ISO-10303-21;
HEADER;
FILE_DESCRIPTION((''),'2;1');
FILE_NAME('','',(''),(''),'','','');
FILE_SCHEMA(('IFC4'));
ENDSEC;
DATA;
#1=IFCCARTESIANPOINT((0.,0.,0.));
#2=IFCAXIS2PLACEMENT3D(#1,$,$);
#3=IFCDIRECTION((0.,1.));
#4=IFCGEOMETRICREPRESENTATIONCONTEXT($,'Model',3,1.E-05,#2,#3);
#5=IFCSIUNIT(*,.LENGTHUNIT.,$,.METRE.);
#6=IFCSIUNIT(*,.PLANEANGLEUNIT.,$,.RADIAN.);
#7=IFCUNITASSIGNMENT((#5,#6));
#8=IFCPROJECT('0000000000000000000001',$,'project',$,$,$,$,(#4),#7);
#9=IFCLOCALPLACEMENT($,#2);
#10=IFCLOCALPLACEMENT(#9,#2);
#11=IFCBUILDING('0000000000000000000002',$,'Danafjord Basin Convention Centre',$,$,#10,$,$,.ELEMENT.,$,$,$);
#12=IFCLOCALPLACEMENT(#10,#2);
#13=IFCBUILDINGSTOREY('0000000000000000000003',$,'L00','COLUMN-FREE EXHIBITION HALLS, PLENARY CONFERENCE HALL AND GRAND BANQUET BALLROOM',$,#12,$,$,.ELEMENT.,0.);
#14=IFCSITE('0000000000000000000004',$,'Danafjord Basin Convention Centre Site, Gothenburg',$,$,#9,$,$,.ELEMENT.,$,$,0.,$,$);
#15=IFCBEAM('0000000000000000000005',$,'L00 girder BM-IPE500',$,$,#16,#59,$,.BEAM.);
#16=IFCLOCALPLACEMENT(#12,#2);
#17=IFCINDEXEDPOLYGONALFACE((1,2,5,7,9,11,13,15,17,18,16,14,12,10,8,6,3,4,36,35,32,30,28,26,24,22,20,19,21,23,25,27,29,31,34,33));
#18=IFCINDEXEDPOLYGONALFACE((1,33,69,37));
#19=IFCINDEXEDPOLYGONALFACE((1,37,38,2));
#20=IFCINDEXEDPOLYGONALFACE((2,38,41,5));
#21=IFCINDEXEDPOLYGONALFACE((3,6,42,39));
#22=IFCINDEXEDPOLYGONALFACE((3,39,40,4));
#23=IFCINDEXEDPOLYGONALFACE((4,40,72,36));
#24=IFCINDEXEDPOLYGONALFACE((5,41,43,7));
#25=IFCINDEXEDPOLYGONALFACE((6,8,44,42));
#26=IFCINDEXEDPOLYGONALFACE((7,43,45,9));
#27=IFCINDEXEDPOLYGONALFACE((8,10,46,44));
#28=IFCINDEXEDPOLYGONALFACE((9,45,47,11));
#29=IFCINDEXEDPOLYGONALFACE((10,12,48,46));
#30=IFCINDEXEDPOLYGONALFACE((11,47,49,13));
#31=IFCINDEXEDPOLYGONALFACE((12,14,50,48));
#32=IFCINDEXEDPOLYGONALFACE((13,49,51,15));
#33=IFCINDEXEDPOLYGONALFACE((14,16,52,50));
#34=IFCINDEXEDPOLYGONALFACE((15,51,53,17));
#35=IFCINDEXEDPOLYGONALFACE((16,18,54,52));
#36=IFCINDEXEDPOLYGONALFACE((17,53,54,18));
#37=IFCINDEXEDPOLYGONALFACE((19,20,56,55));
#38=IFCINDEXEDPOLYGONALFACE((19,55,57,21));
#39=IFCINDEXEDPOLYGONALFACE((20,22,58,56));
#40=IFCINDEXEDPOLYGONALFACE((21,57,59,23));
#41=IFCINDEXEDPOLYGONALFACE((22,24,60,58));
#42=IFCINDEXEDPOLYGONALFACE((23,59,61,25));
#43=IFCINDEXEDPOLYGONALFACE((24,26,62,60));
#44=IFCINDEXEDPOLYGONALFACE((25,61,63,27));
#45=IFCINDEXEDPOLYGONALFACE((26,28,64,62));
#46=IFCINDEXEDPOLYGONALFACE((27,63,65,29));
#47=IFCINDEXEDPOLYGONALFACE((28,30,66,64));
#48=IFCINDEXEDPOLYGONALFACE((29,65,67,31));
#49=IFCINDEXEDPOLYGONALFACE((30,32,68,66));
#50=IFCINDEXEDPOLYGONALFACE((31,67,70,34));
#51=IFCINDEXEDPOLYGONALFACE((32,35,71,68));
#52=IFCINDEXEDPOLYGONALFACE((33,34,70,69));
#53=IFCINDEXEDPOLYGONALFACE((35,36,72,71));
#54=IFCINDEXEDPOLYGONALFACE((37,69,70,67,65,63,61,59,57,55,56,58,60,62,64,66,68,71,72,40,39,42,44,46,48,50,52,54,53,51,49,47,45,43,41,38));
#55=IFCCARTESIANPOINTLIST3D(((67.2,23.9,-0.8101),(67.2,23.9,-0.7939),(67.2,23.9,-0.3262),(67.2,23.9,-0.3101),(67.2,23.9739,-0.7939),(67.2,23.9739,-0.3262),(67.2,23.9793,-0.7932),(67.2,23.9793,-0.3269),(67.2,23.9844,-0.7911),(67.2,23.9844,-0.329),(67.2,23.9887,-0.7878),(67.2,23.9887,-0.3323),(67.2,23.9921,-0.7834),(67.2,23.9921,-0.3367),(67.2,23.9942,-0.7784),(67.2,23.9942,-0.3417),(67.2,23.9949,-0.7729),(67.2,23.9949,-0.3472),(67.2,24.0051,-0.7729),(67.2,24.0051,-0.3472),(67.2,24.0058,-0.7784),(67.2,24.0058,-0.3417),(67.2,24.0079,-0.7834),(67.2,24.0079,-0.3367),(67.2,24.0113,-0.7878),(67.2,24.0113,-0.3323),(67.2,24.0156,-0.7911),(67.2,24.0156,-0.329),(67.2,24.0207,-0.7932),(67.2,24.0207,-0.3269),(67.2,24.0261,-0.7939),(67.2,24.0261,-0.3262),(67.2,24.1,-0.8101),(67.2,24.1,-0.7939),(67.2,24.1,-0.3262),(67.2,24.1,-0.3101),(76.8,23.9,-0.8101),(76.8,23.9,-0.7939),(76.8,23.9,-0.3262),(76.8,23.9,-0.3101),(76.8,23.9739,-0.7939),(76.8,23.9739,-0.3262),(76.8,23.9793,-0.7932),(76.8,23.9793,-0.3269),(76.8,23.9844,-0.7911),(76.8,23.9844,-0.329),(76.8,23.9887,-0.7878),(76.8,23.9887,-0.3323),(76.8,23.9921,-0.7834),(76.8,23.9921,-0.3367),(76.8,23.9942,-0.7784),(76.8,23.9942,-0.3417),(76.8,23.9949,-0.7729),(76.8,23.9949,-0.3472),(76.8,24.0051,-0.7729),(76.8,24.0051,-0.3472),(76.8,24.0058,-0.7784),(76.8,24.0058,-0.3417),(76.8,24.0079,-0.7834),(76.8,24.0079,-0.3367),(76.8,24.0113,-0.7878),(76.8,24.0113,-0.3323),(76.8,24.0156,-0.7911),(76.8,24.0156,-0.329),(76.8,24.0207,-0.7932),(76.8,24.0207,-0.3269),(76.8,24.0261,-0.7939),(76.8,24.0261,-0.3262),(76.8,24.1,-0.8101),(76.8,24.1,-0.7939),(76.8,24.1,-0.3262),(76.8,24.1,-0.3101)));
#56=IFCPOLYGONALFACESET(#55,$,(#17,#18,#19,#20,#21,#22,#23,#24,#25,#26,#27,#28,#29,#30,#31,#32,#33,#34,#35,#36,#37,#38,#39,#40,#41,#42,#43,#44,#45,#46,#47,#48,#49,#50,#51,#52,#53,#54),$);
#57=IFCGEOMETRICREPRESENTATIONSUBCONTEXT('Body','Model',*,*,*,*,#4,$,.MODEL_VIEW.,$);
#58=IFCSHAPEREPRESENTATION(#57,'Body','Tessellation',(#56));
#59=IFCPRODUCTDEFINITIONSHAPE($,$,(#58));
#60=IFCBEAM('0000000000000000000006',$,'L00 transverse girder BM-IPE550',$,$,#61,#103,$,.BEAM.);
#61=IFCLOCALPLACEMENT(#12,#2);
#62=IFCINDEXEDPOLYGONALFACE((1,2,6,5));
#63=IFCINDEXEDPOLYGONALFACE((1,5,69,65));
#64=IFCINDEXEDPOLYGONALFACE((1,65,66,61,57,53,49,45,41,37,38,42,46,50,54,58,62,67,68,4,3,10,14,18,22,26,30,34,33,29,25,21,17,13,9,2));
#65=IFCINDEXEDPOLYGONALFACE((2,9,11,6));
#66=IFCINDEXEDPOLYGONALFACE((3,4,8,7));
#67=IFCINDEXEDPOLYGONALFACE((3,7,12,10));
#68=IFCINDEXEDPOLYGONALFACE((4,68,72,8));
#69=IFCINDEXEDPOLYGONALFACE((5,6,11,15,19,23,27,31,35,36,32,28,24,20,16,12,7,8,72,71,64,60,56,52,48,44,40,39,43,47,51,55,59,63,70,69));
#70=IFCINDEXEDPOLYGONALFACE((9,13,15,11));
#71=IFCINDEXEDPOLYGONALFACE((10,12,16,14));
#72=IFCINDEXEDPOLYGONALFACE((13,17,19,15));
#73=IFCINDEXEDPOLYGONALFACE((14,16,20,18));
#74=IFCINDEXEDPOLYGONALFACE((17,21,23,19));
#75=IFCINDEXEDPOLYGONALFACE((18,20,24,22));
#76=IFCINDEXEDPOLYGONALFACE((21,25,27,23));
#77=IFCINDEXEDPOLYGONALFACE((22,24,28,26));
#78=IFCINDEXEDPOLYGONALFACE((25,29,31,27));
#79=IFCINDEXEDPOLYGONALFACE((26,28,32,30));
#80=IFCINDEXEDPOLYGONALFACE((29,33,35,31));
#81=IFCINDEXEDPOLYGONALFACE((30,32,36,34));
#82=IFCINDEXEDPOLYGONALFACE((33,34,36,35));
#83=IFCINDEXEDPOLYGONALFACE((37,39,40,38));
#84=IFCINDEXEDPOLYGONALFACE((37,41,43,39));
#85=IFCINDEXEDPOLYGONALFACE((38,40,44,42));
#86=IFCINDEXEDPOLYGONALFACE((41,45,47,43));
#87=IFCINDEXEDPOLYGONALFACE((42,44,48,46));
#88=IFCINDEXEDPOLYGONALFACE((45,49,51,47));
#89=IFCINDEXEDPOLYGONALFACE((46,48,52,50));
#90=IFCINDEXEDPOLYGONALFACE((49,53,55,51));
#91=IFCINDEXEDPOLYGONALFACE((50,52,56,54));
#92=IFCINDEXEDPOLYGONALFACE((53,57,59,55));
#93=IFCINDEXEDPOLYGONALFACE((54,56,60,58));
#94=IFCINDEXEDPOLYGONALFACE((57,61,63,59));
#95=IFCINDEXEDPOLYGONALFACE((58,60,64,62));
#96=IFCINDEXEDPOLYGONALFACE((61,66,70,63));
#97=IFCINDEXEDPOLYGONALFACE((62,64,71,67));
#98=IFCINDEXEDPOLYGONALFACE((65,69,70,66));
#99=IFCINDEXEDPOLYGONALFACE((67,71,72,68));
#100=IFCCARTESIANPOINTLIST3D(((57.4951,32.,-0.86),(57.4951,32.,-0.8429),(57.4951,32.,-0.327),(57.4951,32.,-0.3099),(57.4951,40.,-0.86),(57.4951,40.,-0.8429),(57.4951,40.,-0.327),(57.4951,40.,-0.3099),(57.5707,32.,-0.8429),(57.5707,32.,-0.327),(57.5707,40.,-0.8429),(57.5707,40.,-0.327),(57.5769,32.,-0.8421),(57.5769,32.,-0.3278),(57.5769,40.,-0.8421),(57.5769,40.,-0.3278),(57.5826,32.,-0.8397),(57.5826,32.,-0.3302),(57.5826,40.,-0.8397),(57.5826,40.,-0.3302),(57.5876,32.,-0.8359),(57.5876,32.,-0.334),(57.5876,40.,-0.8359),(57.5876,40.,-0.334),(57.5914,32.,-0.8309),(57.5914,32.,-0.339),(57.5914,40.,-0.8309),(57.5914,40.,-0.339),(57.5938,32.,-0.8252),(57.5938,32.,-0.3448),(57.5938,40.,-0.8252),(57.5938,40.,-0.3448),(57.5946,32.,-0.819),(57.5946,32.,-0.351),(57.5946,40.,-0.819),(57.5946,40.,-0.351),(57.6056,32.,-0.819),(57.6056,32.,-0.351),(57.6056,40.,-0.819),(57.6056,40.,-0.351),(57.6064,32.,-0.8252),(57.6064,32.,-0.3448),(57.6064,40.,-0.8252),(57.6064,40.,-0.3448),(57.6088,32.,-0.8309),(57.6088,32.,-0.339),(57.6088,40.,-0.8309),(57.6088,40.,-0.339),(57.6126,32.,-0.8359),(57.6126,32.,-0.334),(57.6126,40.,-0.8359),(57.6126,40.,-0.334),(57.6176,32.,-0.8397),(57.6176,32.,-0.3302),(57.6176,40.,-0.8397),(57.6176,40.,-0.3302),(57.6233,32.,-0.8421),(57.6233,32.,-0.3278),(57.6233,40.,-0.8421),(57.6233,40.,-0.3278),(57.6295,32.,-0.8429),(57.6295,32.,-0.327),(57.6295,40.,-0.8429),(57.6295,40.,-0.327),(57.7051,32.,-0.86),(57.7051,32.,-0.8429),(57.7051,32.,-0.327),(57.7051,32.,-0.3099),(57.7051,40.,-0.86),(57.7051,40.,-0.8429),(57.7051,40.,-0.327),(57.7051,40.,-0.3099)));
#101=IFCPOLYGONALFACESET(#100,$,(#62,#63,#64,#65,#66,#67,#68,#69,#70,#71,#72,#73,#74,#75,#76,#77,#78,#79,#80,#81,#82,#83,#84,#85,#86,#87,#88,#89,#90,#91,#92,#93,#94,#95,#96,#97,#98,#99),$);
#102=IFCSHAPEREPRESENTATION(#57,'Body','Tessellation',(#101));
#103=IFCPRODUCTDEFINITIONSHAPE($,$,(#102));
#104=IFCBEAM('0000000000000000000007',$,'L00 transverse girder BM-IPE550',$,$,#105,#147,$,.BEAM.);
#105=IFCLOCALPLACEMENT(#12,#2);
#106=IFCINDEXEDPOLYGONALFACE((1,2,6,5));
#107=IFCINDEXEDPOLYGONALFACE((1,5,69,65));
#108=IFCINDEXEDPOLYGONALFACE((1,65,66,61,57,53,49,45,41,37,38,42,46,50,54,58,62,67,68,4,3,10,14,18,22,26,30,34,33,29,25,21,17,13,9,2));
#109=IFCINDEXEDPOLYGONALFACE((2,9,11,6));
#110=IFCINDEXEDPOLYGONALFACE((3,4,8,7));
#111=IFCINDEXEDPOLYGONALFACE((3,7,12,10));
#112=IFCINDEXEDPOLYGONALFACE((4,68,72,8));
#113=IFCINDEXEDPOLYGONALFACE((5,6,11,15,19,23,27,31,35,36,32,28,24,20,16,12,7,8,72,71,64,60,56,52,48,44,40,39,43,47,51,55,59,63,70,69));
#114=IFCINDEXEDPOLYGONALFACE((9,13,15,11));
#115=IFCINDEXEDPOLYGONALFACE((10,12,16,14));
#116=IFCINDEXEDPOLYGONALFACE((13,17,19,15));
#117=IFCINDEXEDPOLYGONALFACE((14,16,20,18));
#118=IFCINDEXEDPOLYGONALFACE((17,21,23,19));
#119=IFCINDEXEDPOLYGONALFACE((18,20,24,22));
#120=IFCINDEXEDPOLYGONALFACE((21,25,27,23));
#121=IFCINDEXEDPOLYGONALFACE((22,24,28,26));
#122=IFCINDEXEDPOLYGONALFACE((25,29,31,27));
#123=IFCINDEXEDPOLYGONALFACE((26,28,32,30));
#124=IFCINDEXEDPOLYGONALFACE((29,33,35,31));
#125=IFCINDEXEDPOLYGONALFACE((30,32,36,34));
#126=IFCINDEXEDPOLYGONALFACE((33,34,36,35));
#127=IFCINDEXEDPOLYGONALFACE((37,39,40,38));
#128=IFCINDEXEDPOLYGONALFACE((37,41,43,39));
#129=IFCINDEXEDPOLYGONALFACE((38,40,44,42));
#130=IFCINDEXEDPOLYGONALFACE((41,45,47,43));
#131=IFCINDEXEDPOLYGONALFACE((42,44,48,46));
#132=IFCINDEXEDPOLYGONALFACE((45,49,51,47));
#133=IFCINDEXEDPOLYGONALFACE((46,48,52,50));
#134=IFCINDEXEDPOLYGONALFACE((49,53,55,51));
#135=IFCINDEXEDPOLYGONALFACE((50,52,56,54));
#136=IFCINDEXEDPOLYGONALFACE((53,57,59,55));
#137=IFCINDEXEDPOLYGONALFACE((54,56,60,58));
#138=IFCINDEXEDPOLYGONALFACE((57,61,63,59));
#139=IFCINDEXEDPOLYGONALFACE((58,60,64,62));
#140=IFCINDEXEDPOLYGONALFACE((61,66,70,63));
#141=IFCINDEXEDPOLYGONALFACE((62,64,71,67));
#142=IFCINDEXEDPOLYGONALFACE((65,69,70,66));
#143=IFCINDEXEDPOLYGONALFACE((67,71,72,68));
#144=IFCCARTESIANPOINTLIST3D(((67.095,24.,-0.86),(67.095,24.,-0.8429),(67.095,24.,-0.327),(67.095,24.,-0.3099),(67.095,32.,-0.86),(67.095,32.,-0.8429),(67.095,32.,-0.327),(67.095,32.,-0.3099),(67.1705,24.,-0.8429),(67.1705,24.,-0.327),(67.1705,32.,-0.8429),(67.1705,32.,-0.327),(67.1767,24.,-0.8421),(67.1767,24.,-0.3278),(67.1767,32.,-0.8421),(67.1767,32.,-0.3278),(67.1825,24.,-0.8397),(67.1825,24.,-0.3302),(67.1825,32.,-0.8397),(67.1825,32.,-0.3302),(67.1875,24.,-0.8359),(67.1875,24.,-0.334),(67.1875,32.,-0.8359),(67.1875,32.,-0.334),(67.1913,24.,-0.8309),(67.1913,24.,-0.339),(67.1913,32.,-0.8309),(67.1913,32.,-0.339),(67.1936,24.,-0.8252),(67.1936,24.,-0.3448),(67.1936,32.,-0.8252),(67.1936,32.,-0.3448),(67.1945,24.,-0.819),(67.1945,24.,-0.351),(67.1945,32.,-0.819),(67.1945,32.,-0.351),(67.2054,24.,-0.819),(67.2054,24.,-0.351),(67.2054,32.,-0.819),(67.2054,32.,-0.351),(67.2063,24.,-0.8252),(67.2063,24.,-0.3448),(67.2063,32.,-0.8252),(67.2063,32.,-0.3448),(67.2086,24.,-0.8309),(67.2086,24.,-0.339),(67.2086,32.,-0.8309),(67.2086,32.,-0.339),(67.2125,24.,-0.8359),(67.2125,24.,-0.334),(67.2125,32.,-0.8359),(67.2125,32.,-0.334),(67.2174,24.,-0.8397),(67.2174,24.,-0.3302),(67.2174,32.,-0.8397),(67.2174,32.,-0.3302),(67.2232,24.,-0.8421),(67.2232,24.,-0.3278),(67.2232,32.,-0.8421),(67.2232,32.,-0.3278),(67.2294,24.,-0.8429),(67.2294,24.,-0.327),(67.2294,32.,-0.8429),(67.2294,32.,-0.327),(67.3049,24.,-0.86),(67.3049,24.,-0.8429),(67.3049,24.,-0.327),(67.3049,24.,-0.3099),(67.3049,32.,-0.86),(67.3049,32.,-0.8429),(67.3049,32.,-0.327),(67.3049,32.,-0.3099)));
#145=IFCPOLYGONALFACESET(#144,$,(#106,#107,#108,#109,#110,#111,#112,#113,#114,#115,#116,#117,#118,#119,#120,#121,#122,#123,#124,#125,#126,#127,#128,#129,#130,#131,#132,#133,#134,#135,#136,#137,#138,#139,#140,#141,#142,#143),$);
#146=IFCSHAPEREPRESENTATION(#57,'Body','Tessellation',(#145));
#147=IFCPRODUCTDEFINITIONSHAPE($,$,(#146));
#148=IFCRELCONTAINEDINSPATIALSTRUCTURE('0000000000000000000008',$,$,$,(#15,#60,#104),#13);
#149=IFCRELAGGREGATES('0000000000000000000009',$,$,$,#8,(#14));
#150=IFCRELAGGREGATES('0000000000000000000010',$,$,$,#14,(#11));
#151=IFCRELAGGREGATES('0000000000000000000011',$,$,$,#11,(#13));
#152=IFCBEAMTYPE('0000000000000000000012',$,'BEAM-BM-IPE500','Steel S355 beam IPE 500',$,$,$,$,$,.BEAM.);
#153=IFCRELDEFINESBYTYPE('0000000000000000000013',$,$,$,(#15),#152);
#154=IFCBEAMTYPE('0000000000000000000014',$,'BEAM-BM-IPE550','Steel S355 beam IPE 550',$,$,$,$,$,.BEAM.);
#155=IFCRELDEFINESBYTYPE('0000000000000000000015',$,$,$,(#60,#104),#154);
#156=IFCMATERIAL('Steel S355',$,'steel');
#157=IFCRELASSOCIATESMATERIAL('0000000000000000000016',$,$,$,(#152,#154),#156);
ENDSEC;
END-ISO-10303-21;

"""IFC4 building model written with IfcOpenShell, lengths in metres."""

from ifc_helpers import new_model, si_unit, direction, frame, origin, origin_2d, place, context, subcontext, project, spatial, i_section, extrude, material, material_profile, profile_set, type_object, element, save


model = new_model("IFC4")

# Units and contexts
model_context = context("Model", 3, precision=1e-05, world=origin(), true_north=direction((0.0, 1.0)))
body_context = subcontext(model_context, "Body", "Model", "MODEL_VIEW")
ifc_project = project(units=[si_unit("LENGTHUNIT", "METRE"), si_unit("PLANEANGLEUNIT", "RADIAN")], contexts=[model_context])

# Site, building, storey
site_placement = place(None, origin())
site = spatial("IfcSite", under=ifc_project, at=site_placement, Name="Danafjord Basin Convention Centre Site, Gothenburg", CompositionType="ELEMENT", RefElevation=0.0)
building_placement = place(site_placement, origin())
building = spatial("IfcBuilding", under=site, at=building_placement, Name="Danafjord Basin Convention Centre", CompositionType="ELEMENT")
storey_placement = place(building_placement, origin())
storey = spatial("IfcBuildingStorey", under=building, at=storey_placement, Name="L00", Description="COLUMN-FREE EXHIBITION HALLS, PLENARY CONFERENCE HALL AND GRAND BANQUET BALLROOM", CompositionType="ELEMENT", Elevation=0.0)

# Shared definitions
ifc_material_1 = material(Name="Steel S355", Category="steel")

# Beams
ifc_material_profile_1 = material_profile(ifc_material_1, i_section(OverallWidth=0.2, OverallDepth=0.5, WebThickness=0.0103, FlangeThickness=0.0161, FilletRadius=0.021, at=origin_2d()), Name="IPE 500")
ifc_profile_set_1 = profile_set([ifc_material_profile_1], Name="Steel S355")
beam_type_1 = type_object("IfcBeamType", Name="BEAM-BM-IPE500", Description="Steel S355 beam IPE 500", PredefinedType="BEAM", material=ifc_profile_set_1)
beam_1_placement = place(storey_placement, frame((67.2, 24.0, -0.5601), z_axis=(1.0, 0.0, 0.0), x_axis=(0.0, 1.0, 0.0)))
element("IfcBeam", 1, at=beam_1_placement, inside=storey, type_object=beam_type_1, Name="L00 girder BM-IPE500", PredefinedType="BEAM", context=body_context, shape_type="SweptSolid", body=[
    extrude(i_section(OverallWidth=0.2, OverallDepth=0.5, WebThickness=0.0103, FlangeThickness=0.0161, FilletRadius=0.021, at=origin_2d()), origin(), (0.0, 0.0, 1.0), 9.6001),
])
ifc_material_profile_2 = material_profile(ifc_material_1, i_section(OverallWidth=0.21, OverallDepth=0.55, WebThickness=0.011, FlangeThickness=0.0171, FilletRadius=0.0239, at=origin_2d()), Name="IPE 550")
ifc_profile_set_2 = profile_set([ifc_material_profile_2], Name="Steel S355")
beam_type_2 = type_object("IfcBeamType", Name="BEAM-BM-IPE550", Description="Steel S355 beam IPE 550", PredefinedType="BEAM", material=ifc_profile_set_2)
for number, where, z_axis, x_axis, name in (
    (2, (57.6001, 32.0, -0.585), (0.0, 1.0, 0.0), (-1.0, 0.0, 0.0), "L00 transverse girder BM-IPE550"),
    (3, (67.2, 24.0, -0.585), (0.0, 1.0, 0.0), (-1.0, 0.0, 0.0), "L00 transverse girder BM-IPE550"),
):
    element("IfcBeam", number, at=place(storey_placement, frame(where, z_axis=z_axis, x_axis=x_axis)), inside=storey, type_object=beam_type_2, Name=name, PredefinedType="BEAM", context=body_context, shape_type="SweptSolid", body=[
        extrude(i_section(OverallWidth=0.21, OverallDepth=0.55, WebThickness=0.011, FlangeThickness=0.0171, FilletRadius=0.0239, at=origin_2d()), origin(), (0.0, 0.0, 1.0), 8.0),
    ])

save(model, "model.ifc")
